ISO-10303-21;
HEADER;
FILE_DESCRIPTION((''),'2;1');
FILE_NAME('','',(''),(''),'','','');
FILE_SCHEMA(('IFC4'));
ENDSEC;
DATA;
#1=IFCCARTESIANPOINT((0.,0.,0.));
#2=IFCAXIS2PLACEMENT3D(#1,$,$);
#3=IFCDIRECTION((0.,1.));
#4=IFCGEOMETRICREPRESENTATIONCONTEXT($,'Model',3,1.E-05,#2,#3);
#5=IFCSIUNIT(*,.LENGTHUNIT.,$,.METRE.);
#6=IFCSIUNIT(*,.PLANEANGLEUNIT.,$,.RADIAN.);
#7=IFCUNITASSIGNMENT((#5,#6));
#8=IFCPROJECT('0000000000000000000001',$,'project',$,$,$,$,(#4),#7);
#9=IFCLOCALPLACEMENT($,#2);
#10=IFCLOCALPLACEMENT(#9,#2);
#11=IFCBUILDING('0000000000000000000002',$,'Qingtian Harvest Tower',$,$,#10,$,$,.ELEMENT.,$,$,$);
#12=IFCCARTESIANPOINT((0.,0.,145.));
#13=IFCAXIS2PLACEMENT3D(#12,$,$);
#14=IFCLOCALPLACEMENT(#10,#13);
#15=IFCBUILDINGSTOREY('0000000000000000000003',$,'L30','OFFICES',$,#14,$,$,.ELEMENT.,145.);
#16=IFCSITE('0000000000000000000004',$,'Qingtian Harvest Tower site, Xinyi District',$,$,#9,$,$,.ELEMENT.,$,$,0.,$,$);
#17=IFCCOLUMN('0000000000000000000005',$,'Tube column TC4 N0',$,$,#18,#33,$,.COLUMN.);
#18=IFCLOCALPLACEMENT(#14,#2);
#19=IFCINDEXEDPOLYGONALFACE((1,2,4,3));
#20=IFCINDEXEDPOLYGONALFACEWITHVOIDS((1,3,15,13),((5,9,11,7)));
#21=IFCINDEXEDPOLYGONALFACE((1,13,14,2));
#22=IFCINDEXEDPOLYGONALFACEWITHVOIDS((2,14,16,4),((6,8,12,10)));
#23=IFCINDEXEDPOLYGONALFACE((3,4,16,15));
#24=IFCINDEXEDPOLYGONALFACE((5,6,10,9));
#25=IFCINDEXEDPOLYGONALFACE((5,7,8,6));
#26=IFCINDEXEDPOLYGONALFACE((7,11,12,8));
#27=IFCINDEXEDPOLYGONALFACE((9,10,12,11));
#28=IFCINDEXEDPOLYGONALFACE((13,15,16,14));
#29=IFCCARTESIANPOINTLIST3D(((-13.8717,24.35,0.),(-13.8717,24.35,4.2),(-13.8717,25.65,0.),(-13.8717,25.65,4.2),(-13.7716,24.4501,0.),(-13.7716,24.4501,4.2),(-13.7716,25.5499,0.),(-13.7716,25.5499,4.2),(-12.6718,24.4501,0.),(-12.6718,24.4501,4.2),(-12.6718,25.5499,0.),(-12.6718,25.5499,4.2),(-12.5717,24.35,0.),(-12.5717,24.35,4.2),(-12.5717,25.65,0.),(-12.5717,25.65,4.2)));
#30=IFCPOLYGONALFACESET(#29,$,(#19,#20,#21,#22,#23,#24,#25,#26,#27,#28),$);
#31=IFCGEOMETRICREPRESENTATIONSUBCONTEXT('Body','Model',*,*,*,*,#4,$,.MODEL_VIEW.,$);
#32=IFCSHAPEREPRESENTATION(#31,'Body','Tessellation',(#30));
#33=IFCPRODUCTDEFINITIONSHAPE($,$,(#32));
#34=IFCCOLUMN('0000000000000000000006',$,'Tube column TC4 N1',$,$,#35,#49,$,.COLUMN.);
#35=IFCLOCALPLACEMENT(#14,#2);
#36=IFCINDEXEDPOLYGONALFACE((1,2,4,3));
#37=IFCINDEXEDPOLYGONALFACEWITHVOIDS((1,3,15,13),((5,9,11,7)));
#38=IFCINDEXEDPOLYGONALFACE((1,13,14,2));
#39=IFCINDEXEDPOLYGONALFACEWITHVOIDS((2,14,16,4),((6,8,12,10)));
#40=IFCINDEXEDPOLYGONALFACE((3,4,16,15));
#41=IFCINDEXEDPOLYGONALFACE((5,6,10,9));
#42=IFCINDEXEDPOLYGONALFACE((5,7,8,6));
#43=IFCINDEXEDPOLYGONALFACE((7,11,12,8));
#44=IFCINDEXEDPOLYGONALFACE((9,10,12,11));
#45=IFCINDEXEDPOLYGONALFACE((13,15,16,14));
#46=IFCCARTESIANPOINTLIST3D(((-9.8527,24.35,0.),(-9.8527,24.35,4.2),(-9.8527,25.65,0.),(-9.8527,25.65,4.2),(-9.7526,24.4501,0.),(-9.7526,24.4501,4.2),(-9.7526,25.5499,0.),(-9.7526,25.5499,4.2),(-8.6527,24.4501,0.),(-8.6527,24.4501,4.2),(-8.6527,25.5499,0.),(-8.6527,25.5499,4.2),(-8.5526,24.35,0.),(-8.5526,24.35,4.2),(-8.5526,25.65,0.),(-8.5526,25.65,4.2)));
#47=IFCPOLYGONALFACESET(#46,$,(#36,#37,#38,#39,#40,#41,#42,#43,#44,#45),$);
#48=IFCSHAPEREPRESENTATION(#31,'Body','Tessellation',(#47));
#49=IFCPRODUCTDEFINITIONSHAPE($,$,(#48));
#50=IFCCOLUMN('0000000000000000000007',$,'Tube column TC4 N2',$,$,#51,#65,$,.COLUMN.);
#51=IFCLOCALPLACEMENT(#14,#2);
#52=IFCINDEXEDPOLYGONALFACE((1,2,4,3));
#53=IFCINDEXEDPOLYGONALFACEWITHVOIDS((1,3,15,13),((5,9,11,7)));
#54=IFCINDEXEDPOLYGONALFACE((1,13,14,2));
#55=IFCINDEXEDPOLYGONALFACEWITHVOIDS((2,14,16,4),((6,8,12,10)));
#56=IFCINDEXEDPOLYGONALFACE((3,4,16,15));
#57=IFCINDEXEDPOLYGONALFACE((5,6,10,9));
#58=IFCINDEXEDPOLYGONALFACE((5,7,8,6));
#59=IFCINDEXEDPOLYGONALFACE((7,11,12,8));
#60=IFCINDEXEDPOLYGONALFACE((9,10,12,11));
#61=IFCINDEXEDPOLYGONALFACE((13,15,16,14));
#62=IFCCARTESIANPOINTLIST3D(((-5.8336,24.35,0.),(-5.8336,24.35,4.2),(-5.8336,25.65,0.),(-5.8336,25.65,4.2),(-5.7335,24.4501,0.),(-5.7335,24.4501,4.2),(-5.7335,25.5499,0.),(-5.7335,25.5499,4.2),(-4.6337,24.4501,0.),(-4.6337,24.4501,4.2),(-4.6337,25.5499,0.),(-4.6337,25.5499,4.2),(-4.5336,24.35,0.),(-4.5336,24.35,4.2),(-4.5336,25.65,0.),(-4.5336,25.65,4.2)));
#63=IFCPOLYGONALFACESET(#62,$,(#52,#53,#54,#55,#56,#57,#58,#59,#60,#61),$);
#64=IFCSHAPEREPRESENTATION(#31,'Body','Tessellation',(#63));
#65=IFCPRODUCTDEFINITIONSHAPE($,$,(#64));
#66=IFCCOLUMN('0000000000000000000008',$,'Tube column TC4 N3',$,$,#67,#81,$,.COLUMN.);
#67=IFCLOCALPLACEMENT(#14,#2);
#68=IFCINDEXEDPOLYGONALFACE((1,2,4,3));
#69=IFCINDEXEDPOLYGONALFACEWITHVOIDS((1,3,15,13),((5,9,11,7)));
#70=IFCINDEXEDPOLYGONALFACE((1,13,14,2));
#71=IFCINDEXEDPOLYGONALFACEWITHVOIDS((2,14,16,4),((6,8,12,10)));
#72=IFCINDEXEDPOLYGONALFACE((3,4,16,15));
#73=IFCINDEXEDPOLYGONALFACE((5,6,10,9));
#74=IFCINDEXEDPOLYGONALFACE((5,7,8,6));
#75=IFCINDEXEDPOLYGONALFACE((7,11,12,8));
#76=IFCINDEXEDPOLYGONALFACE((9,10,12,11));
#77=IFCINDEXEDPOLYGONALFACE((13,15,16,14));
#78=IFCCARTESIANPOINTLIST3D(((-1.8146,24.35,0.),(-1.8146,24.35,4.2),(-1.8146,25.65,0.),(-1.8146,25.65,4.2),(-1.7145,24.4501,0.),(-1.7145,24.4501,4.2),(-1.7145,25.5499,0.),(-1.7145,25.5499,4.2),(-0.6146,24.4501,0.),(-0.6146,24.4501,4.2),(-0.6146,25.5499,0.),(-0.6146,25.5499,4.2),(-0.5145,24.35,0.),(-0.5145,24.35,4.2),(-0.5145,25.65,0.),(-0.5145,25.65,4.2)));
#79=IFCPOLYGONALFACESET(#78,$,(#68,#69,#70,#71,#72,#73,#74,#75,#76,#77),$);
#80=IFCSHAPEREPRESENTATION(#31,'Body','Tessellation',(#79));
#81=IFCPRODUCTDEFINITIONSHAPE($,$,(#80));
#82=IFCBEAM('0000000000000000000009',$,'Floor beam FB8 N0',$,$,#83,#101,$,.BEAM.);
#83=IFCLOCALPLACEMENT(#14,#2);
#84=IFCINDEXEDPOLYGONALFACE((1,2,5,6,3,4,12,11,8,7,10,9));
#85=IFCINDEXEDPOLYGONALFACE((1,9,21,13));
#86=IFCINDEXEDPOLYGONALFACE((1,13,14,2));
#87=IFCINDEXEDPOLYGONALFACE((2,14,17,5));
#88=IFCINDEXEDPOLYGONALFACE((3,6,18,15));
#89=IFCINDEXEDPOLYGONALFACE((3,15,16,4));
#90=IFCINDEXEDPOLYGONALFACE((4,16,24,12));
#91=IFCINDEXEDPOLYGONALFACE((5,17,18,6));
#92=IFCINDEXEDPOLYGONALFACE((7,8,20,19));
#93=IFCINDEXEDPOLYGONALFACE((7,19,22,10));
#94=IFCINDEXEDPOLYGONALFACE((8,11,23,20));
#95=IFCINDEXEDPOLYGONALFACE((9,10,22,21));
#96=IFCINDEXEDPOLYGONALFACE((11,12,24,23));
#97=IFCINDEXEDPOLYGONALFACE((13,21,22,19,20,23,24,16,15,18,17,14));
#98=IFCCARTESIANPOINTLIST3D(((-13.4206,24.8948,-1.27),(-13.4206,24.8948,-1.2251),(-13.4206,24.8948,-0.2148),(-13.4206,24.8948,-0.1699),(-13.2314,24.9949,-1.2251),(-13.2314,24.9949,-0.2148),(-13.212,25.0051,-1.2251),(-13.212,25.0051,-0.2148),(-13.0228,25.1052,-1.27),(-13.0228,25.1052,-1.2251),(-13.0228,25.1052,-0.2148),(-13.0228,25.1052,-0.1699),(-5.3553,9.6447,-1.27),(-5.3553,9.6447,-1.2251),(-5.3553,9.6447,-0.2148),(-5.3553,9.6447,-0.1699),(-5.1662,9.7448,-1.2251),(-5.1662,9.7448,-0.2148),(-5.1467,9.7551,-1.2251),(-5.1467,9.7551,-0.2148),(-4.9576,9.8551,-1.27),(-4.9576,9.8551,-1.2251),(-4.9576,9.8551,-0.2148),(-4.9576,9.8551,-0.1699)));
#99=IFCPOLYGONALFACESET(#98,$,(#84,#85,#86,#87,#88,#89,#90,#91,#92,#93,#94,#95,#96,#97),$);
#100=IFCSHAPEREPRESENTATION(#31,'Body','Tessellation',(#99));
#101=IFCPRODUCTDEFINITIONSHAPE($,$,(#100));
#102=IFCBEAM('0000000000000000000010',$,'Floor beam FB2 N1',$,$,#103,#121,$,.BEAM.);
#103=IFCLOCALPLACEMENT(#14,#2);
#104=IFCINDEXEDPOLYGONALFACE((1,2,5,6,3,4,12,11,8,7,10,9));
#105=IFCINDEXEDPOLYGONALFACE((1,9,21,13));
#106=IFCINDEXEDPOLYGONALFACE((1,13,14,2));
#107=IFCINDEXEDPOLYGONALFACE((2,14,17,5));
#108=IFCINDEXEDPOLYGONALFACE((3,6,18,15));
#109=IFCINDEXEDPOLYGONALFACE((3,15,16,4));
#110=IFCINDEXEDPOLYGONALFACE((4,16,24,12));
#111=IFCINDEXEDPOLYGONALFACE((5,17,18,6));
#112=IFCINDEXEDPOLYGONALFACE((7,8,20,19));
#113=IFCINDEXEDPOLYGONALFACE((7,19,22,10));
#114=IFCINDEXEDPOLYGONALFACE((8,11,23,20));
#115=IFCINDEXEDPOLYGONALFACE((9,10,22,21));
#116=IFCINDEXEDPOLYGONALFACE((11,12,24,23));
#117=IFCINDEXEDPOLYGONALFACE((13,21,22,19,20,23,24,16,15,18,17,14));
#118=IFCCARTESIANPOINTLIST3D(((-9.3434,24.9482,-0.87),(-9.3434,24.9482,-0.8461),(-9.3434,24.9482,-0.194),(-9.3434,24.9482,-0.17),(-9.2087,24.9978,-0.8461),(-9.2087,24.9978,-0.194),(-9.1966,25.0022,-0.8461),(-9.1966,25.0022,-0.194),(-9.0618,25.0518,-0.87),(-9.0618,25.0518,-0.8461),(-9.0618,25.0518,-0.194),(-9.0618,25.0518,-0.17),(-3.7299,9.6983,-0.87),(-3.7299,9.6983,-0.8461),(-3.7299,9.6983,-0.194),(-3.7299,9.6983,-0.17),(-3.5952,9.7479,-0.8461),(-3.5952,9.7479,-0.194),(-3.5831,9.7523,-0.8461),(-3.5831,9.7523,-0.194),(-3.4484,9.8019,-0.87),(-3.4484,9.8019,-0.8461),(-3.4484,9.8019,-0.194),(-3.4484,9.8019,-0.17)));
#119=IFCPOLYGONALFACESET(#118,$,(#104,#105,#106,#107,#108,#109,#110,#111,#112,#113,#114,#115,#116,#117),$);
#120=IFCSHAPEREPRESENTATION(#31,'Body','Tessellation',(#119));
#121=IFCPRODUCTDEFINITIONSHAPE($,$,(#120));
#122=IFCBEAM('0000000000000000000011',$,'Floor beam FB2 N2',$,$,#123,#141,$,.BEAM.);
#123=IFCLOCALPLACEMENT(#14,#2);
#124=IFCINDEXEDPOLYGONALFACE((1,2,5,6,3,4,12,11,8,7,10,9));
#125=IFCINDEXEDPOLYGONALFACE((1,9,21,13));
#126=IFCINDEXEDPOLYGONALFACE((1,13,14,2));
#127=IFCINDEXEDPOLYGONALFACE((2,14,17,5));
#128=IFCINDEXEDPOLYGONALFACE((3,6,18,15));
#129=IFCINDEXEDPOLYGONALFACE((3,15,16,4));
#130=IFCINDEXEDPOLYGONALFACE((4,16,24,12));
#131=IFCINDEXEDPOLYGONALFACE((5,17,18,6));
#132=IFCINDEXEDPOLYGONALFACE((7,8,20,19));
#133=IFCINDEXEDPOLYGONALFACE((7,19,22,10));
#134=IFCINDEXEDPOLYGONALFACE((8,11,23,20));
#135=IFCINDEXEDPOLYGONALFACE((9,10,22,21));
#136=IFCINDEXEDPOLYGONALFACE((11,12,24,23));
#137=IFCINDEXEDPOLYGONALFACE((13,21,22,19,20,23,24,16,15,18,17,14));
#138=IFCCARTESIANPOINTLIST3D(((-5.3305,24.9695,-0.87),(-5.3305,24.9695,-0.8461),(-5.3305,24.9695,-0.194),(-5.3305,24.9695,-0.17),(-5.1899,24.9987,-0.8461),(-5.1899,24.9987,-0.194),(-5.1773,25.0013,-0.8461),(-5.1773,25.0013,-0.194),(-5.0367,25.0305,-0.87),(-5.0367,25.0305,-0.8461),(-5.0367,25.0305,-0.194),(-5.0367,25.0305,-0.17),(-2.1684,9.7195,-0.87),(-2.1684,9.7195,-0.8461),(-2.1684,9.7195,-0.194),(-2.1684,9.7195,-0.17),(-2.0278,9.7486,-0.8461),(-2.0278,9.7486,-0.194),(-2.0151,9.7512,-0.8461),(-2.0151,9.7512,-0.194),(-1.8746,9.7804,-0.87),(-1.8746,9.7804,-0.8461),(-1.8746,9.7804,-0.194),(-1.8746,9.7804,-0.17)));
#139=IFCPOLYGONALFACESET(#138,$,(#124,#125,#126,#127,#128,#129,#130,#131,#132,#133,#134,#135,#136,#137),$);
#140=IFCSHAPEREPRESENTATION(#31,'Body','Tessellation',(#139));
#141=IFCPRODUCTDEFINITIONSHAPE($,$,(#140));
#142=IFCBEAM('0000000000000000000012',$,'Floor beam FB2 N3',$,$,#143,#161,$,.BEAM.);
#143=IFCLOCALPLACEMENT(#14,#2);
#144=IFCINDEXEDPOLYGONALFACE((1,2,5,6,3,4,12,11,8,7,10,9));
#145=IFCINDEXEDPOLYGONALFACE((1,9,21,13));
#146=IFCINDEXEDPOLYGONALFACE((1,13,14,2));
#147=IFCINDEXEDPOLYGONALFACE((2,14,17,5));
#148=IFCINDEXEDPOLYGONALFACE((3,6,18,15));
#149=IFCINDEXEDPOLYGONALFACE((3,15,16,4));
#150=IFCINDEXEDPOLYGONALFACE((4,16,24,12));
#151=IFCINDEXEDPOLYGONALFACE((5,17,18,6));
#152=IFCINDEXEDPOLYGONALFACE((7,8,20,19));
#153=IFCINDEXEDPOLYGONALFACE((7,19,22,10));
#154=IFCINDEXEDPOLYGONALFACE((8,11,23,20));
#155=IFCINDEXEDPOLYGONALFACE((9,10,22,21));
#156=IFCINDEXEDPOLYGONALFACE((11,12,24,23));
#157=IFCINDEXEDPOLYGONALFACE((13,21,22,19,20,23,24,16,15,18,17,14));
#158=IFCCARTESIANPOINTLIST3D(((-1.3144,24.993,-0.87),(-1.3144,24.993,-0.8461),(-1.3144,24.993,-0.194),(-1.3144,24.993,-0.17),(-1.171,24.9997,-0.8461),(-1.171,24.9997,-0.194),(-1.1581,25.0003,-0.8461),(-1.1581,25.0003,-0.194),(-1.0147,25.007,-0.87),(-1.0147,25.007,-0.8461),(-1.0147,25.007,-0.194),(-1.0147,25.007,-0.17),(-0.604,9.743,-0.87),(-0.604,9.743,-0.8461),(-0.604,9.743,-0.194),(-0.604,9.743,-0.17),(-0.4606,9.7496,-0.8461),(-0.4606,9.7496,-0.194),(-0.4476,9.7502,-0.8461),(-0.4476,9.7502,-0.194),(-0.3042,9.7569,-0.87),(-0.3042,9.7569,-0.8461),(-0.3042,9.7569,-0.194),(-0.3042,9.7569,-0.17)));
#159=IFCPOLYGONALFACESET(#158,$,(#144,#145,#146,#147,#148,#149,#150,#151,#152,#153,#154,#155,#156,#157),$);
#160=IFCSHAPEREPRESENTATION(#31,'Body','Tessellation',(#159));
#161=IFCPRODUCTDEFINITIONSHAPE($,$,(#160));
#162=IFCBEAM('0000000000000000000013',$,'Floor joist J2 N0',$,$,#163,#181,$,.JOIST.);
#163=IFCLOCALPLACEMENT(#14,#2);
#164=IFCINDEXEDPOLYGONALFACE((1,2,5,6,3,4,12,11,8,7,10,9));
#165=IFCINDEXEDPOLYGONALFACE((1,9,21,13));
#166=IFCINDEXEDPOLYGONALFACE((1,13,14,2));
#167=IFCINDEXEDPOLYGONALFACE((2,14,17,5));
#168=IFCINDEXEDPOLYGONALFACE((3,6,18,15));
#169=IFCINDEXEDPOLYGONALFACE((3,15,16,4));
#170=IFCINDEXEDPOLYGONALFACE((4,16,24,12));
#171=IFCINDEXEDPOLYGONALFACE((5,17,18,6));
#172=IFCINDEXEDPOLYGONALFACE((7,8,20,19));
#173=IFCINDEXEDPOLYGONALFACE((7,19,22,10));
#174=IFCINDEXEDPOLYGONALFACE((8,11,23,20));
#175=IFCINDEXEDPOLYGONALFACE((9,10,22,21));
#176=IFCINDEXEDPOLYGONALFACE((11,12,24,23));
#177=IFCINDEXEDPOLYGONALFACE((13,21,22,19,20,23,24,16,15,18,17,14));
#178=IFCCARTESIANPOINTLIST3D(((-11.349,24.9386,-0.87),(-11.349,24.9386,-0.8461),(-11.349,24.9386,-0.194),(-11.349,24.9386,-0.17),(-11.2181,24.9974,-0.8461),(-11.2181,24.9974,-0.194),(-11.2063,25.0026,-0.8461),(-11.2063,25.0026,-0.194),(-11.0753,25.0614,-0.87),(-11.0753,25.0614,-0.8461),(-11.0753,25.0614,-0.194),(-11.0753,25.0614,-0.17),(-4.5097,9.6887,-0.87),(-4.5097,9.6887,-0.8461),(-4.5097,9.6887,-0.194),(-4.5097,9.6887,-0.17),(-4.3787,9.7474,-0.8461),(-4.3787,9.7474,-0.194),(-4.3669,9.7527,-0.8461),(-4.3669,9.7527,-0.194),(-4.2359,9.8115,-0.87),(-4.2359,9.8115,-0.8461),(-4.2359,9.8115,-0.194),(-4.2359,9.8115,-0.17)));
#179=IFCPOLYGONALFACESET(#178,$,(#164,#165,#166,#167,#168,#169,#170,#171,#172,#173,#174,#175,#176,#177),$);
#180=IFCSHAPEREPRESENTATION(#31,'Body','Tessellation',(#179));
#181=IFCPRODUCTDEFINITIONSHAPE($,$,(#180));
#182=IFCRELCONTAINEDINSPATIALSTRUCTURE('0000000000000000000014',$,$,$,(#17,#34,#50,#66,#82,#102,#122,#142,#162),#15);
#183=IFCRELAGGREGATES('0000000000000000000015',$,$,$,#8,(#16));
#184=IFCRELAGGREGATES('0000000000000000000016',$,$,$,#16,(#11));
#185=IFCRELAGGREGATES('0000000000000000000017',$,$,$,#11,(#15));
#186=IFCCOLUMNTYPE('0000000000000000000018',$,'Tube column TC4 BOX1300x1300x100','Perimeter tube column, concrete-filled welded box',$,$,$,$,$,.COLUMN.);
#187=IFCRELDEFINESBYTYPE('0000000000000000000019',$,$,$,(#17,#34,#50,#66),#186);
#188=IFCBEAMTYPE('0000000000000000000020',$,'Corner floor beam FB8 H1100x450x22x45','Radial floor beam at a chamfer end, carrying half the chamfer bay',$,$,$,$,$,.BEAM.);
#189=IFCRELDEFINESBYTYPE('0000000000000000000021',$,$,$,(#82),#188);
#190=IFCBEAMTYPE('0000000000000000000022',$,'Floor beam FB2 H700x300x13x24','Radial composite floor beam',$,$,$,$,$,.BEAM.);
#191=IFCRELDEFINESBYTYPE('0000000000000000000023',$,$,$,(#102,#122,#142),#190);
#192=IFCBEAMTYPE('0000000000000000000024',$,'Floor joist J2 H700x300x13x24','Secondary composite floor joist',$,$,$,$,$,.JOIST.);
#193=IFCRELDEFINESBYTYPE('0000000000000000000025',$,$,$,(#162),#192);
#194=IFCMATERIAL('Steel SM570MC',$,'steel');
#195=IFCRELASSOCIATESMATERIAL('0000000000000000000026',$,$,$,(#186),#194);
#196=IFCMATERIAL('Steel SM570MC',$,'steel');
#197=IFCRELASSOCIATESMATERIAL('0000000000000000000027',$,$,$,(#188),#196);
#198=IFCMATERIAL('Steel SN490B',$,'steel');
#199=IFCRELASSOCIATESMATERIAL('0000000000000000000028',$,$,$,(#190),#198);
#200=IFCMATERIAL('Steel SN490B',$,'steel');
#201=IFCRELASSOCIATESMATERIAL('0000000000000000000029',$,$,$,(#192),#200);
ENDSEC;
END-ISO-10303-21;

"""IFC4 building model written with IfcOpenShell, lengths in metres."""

from ifc_helpers import new_model, si_unit, direction, frame, origin, origin_2d, place, context, subcontext, project, spatial, hollow_rectangle, i_section, extrude, material, material_profile, profile_set, type_object, element, save


model = new_model("IFC4")

# Units and contexts
model_context = context("Model", 3, precision=1e-05, world=origin(), true_north=direction((0.0, 1.0)))
body_context = subcontext(model_context, "Body", "Model", "MODEL_VIEW")
ifc_project = project(units=[si_unit("LENGTHUNIT", "METRE"), si_unit("PLANEANGLEUNIT", "RADIAN")], contexts=[model_context])

# Site, building, storey
site_placement = place(None, origin())
site = spatial("IfcSite", under=ifc_project, at=site_placement, Name="Qingtian Harvest Tower site, Xinyi District", CompositionType="ELEMENT", RefElevation=0.0)
building_placement = place(site_placement, origin())
building = spatial("IfcBuilding", under=site, at=building_placement, Name="Qingtian Harvest Tower", CompositionType="ELEMENT")
storey_placement = place(building_placement, frame((0.0, 0.0, 145.0)))
storey = spatial("IfcBuildingStorey", under=building, at=storey_placement, Name="L30", Description="OFFICES", CompositionType="ELEMENT", Elevation=145.0)

# Columns
ifc_material_1 = material(Name="Steel SM570MC", Category="steel")
ifc_material_profile_1 = material_profile(ifc_material_1, hollow_rectangle(XDim=1.3, YDim=1.3, WallThickness=0.1001, at=origin_2d()), Name="BOX1300x1300x100")
ifc_profile_set_1 = profile_set([ifc_material_profile_1], Name="Steel SM570MC")
column_type = type_object("IfcColumnType", Name="Tube column TC4 BOX1300x1300x100", Description="Perimeter tube column, concrete-filled welded box", PredefinedType="COLUMN", material=ifc_profile_set_1)
for number, where, z_axis, x_axis, name in (
    (1, (-13.2217, 25.0, 0.0), (0.0, 0.0, 1.0), (-1.0, 0.0, 0.0), "Tube column TC4 N0"),
    (2, (-9.2026, 25.0, 0.0), (0.0, 0.0, 1.0), (-1.0, 0.0, 0.0), "Tube column TC4 N1"),
    (3, (-5.1836, 25.0, 0.0), (0.0, 0.0, 1.0), (-1.0, 0.0, 0.0), "Tube column TC4 N2"),
    (4, (-1.1646, 25.0, 0.0), (0.0, 0.0, 1.0), (-1.0, 0.0, 0.0), "Tube column TC4 N3"),
):
    element("IfcColumn", number, at=place(storey_placement, frame(where, z_axis=z_axis, x_axis=x_axis)), inside=storey, type_object=column_type, Name=name, PredefinedType="COLUMN", context=body_context, shape_type="SweptSolid", body=[
        extrude(hollow_rectangle(XDim=1.3, YDim=1.3, WallThickness=0.1001, at=origin_2d()), origin(), (0.0, 0.0, 1.0), 4.2),
    ])

# Beams
ifc_material_2 = material(Name="Steel SM570MC", Category="steel")
ifc_material_profile_2 = material_profile(ifc_material_2, i_section(OverallWidth=0.45, OverallDepth=1.1001, WebThickness=0.022, FlangeThickness=0.0449, at=origin_2d()), Name="H1100x450x22x45")
ifc_profile_set_2 = profile_set([ifc_material_profile_2], Name="Steel SM570MC")
beam_type_1 = type_object("IfcBeamType", Name="Corner floor beam FB8 H1100x450x22x45", Description="Radial floor beam at a chamfer end, carrying half the chamfer bay", PredefinedType="BEAM", material=ifc_profile_set_2)
beam_1_placement = place(storey_placement, frame((-13.2217, 25.0, -0.72), z_axis=(0.46751, -0.883988, 0.0), x_axis=(0.883988, 0.46751, 0.0)))
element("IfcBeam", 5, at=beam_1_placement, inside=storey, type_object=beam_type_1, Name="Floor beam FB8 N0", PredefinedType="BEAM", context=body_context, shape_type="SweptSolid", body=[
    extrude(i_section(OverallWidth=0.45, OverallDepth=1.1001, WebThickness=0.022, FlangeThickness=0.0449, at=origin_2d()), origin(), (0.0, 0.0, 1.0), 17.2515),
])
ifc_material_3 = material(Name="Steel SN490B", Category="steel")
ifc_material_profile_3 = material_profile(ifc_material_3, i_section(OverallWidth=0.3, OverallDepth=0.7, WebThickness=0.0129, FlangeThickness=0.0239, at=origin_2d()), Name="H700x300x13x24")
ifc_profile_set_3 = profile_set([ifc_material_profile_3], Name="Steel SN490B")
beam_type_2 = type_object("IfcBeamType", Name="Floor beam FB2 H700x300x13x24", Description="Radial composite floor beam", PredefinedType="BEAM", material=ifc_profile_set_3)
beam_2_placement = place(storey_placement, frame((-9.2026, 25.0, -0.52), z_axis=(0.34544, -0.938441, 0.0), x_axis=(0.938441, 0.34544, 0.0)))
element("IfcBeam", 6, at=beam_2_placement, inside=storey, type_object=beam_type_2, Name="Floor beam FB2 N1", PredefinedType="BEAM", context=body_context, shape_type="SweptSolid", body=[
    extrude(i_section(OverallWidth=0.3, OverallDepth=0.7, WebThickness=0.0129, FlangeThickness=0.0239, at=origin_2d()), origin(), (0.0, 0.0, 1.0), 16.2502),
])
beam_3_placement = place(storey_placement, frame((-5.1836, 25.0, -0.52), z_axis=(0.203033, -0.979172, 0.0), x_axis=(0.979172, 0.203033, 0.0)))
element("IfcBeam", 7, at=beam_3_placement, inside=storey, type_object=beam_type_2, Name="Floor beam FB2 N2", PredefinedType="BEAM", context=body_context, shape_type="SweptSolid", body=[
    extrude(i_section(OverallWidth=0.3, OverallDepth=0.7, WebThickness=0.0129, FlangeThickness=0.0239, at=origin_2d()), origin(), (0.0, 0.0, 1.0), 15.5745),
])
beam_4_placement = place(storey_placement, frame((-1.1646, 25.0, -0.52), z_axis=(0.046536, -0.998917, 0.0), x_axis=(0.998917, 0.046536, 0.0)))
element("IfcBeam", 8, at=beam_4_placement, inside=storey, type_object=beam_type_2, Name="Floor beam FB2 N3", PredefinedType="BEAM", context=body_context, shape_type="SweptSolid", body=[
    extrude(i_section(OverallWidth=0.3, OverallDepth=0.7, WebThickness=0.0129, FlangeThickness=0.0239, at=origin_2d()), origin(), (0.0, 0.0, 1.0), 15.2666),
])
ifc_material_4 = material(Name="Steel SN490B", Category="steel")
ifc_material_profile_4 = material_profile(ifc_material_4, i_section(OverallWidth=0.3, OverallDepth=0.7, WebThickness=0.0129, FlangeThickness=0.0239, at=origin_2d()), Name="H700x300x13x24")
ifc_profile_set_4 = profile_set([ifc_material_profile_4], Name="Steel SN490B")
beam_type_3 = type_object("IfcBeamType", Name="Floor joist J2 H700x300x13x24", Description="Secondary composite floor joist", PredefinedType="JOIST", material=ifc_profile_set_4)
beam_5_placement = place(storey_placement, frame((-11.2122, 25.0, -0.52), z_axis=(0.409213, -0.912439, 0.0), x_axis=(0.912439, 0.409213, 0.0)))
element("IfcBeam", 9, at=beam_5_placement, inside=storey, type_object=beam_type_3, Name="Floor joist J2 N0", PredefinedType="JOIST", context=body_context, shape_type="SweptSolid", body=[
    extrude(i_section(OverallWidth=0.3, OverallDepth=0.7, WebThickness=0.0129, FlangeThickness=0.0239, at=origin_2d()), origin(), (0.0, 0.0, 1.0), 16.7134),
])

save(model, "model.ifc")
